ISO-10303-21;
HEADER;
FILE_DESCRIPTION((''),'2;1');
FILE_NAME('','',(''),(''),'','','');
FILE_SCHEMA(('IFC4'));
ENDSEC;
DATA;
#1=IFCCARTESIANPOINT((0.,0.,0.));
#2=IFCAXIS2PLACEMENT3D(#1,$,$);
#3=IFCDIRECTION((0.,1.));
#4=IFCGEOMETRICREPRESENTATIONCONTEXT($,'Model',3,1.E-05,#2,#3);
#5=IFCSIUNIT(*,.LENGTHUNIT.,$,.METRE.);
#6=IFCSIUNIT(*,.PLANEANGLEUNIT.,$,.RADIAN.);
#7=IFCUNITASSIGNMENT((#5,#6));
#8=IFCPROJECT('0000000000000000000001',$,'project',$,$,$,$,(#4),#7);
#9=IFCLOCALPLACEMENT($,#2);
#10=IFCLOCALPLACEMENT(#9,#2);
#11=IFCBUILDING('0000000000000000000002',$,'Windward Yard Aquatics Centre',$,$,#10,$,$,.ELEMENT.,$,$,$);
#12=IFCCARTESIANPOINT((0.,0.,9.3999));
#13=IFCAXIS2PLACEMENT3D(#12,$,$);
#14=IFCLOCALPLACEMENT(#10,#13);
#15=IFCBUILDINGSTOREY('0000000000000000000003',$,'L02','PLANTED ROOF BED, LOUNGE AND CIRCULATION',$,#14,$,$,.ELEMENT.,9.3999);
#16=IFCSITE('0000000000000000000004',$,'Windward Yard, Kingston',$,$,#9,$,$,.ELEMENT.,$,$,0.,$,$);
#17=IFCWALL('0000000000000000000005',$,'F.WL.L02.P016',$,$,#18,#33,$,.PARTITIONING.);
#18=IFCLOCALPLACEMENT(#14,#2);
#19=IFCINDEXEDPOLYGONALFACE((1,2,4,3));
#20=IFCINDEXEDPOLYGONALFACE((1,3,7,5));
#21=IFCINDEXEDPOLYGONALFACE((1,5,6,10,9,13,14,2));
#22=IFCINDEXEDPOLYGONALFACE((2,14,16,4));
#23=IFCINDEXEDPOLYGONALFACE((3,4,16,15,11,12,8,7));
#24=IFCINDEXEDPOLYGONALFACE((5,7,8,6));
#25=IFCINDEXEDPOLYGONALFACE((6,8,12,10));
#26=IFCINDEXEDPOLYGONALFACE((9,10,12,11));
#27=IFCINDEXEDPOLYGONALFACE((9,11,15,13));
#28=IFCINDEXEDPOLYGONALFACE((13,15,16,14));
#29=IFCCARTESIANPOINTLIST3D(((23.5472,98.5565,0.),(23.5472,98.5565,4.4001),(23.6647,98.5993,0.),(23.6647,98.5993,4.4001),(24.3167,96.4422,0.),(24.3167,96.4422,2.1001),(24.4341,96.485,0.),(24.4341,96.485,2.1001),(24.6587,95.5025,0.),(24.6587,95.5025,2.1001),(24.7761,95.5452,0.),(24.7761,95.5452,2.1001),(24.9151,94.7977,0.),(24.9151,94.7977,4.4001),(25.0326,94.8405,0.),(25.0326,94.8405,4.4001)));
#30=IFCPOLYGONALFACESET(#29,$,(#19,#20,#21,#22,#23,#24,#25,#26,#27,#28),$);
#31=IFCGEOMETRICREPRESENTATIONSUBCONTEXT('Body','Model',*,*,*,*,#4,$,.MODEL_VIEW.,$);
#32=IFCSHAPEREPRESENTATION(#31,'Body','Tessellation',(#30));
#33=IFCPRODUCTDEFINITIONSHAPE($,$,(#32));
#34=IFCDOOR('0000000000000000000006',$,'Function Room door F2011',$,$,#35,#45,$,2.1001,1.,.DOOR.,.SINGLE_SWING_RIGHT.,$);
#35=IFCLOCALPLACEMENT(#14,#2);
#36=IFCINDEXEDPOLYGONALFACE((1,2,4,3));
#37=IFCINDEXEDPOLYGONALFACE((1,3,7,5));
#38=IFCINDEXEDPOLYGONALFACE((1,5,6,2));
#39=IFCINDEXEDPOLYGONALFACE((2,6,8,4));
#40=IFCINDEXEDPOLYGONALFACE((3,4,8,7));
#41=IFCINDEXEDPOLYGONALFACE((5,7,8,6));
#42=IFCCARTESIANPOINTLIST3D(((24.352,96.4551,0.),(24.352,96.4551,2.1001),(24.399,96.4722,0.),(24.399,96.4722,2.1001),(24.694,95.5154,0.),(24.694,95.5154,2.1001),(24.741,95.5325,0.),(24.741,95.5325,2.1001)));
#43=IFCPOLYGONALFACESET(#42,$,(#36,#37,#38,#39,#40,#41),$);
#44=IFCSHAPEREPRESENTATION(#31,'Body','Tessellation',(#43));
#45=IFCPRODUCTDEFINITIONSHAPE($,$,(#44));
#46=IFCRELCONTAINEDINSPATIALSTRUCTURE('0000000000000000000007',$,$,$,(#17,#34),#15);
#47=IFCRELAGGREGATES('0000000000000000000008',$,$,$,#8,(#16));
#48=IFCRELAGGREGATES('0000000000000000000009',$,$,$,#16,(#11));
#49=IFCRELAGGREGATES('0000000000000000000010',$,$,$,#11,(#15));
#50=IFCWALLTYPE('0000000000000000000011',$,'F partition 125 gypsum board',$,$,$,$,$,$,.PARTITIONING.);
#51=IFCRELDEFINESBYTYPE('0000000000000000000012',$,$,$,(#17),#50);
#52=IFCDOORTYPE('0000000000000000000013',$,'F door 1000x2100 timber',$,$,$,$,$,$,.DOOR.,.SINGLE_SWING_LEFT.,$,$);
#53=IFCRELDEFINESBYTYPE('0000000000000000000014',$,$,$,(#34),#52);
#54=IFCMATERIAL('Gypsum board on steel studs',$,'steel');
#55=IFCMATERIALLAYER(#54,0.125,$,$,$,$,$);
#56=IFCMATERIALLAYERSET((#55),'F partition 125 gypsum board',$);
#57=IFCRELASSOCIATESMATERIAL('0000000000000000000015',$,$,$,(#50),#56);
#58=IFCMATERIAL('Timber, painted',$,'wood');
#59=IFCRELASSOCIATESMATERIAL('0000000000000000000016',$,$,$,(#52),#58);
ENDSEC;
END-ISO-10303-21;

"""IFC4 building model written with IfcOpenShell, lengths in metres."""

from ifc_helpers import new_model, si_unit, direction, frame, frame_2d, origin, place, context, subcontext, project, spatial, rectangle, extrude, material, layer, layer_set, type_object, element, fill, save


model = new_model("IFC4")

# Units and contexts
model_context = context("Model", 3, precision=1e-05, world=origin(), true_north=direction((0.0, 1.0)))
body_context = subcontext(model_context, "Body", "Model", "MODEL_VIEW")
ifc_project = project(units=[si_unit("LENGTHUNIT", "METRE"), si_unit("PLANEANGLEUNIT", "RADIAN")], contexts=[model_context])

# Site, building, storey
site_placement = place(None, origin())
site = spatial("IfcSite", under=ifc_project, at=site_placement, Name="Windward Yard, Kingston", CompositionType="ELEMENT", RefElevation=0.0)
building_placement = place(site_placement, origin())
building = spatial("IfcBuilding", under=site, at=building_placement, Name="Windward Yard Aquatics Centre", CompositionType="ELEMENT")
storey_placement = place(building_placement, frame((0.0, 0.0, 9.3999)))
storey = spatial("IfcBuildingStorey", under=building, at=storey_placement, Name="L02", Description="PLANTED ROOF BED, LOUNGE AND CIRCULATION", CompositionType="ELEMENT", Elevation=9.3999)

# Wall, opening, door
ifc_material_1 = material(Name="Gypsum board on steel studs", Category="steel")
ifc_layer_1 = layer(ifc_material_1, 0.125)
ifc_layer_set_1 = layer_set([ifc_layer_1], Name="F partition 125 gypsum board")
wall_type = type_object("IfcWallType", Name="F partition 125 gypsum board", PredefinedType="PARTITIONING", material=ifc_layer_set_1)
wall_placement = place(storey_placement, frame((24.9739, 94.8191, 0.0), z_axis=(0.0, 0.0, 1.0), x_axis=(-0.341983, 0.939706, 0.0)))
wall = element("IfcWall", 1, at=wall_placement, inside=storey, type_object=wall_type, Name="F.WL.L02.P016", PredefinedType="PARTITIONING", context=body_context, shape_type="SweptSolid", body=[
    extrude(rectangle(XDim=4.0, YDim=0.125, at=frame_2d((2.0, 0.0))), origin(), (0.0, 0.0, 1.0), 4.4001),
])
opening_placement = place(wall_placement, frame((0.75, 0.0, 0.0)))
opening = element("IfcOpeningElement", 2, at=opening_placement, cuts=wall, PredefinedType="OPENING", context=body_context, shape_type="SweptSolid", body=[
    extrude(rectangle(XDim=1.0, YDim=2.1001, at=frame_2d((0.5, 1.05))), frame((0.0, 0.0725, 0.0), z_axis=(0.0, -1.0, 0.0), x_axis=(1.0, 0.0, 0.0)), (0.0, 0.0, 1.0), 0.145),
])
ifc_material_2 = material(Name="Timber, painted", Category="wood")
door_type = type_object("IfcDoorType", Name="F door 1000x2100 timber", OperationType="SINGLE_SWING_LEFT", PredefinedType="DOOR", material=ifc_material_2)
door_placement = place(opening_placement, origin())
door = element("IfcDoor", 3, at=door_placement, inside=storey, type_object=door_type, Name="Function Room door F2011", OperationType="SINGLE_SWING_RIGHT", OverallHeight=2.1001, OverallWidth=1.0, PredefinedType="DOOR", context=body_context, shape_type="SweptSolid", body=[
    extrude(rectangle(XDim=1.0, YDim=2.1001, at=frame_2d((0.5, 1.05))), frame((0.0, 0.0249, 0.0), z_axis=(0.0, -1.0, 0.0), x_axis=(1.0, 0.0, 0.0)), (0.0, 0.0, 1.0), 0.05),
])
fill(opening, door)

save(model, "model.ifc")
